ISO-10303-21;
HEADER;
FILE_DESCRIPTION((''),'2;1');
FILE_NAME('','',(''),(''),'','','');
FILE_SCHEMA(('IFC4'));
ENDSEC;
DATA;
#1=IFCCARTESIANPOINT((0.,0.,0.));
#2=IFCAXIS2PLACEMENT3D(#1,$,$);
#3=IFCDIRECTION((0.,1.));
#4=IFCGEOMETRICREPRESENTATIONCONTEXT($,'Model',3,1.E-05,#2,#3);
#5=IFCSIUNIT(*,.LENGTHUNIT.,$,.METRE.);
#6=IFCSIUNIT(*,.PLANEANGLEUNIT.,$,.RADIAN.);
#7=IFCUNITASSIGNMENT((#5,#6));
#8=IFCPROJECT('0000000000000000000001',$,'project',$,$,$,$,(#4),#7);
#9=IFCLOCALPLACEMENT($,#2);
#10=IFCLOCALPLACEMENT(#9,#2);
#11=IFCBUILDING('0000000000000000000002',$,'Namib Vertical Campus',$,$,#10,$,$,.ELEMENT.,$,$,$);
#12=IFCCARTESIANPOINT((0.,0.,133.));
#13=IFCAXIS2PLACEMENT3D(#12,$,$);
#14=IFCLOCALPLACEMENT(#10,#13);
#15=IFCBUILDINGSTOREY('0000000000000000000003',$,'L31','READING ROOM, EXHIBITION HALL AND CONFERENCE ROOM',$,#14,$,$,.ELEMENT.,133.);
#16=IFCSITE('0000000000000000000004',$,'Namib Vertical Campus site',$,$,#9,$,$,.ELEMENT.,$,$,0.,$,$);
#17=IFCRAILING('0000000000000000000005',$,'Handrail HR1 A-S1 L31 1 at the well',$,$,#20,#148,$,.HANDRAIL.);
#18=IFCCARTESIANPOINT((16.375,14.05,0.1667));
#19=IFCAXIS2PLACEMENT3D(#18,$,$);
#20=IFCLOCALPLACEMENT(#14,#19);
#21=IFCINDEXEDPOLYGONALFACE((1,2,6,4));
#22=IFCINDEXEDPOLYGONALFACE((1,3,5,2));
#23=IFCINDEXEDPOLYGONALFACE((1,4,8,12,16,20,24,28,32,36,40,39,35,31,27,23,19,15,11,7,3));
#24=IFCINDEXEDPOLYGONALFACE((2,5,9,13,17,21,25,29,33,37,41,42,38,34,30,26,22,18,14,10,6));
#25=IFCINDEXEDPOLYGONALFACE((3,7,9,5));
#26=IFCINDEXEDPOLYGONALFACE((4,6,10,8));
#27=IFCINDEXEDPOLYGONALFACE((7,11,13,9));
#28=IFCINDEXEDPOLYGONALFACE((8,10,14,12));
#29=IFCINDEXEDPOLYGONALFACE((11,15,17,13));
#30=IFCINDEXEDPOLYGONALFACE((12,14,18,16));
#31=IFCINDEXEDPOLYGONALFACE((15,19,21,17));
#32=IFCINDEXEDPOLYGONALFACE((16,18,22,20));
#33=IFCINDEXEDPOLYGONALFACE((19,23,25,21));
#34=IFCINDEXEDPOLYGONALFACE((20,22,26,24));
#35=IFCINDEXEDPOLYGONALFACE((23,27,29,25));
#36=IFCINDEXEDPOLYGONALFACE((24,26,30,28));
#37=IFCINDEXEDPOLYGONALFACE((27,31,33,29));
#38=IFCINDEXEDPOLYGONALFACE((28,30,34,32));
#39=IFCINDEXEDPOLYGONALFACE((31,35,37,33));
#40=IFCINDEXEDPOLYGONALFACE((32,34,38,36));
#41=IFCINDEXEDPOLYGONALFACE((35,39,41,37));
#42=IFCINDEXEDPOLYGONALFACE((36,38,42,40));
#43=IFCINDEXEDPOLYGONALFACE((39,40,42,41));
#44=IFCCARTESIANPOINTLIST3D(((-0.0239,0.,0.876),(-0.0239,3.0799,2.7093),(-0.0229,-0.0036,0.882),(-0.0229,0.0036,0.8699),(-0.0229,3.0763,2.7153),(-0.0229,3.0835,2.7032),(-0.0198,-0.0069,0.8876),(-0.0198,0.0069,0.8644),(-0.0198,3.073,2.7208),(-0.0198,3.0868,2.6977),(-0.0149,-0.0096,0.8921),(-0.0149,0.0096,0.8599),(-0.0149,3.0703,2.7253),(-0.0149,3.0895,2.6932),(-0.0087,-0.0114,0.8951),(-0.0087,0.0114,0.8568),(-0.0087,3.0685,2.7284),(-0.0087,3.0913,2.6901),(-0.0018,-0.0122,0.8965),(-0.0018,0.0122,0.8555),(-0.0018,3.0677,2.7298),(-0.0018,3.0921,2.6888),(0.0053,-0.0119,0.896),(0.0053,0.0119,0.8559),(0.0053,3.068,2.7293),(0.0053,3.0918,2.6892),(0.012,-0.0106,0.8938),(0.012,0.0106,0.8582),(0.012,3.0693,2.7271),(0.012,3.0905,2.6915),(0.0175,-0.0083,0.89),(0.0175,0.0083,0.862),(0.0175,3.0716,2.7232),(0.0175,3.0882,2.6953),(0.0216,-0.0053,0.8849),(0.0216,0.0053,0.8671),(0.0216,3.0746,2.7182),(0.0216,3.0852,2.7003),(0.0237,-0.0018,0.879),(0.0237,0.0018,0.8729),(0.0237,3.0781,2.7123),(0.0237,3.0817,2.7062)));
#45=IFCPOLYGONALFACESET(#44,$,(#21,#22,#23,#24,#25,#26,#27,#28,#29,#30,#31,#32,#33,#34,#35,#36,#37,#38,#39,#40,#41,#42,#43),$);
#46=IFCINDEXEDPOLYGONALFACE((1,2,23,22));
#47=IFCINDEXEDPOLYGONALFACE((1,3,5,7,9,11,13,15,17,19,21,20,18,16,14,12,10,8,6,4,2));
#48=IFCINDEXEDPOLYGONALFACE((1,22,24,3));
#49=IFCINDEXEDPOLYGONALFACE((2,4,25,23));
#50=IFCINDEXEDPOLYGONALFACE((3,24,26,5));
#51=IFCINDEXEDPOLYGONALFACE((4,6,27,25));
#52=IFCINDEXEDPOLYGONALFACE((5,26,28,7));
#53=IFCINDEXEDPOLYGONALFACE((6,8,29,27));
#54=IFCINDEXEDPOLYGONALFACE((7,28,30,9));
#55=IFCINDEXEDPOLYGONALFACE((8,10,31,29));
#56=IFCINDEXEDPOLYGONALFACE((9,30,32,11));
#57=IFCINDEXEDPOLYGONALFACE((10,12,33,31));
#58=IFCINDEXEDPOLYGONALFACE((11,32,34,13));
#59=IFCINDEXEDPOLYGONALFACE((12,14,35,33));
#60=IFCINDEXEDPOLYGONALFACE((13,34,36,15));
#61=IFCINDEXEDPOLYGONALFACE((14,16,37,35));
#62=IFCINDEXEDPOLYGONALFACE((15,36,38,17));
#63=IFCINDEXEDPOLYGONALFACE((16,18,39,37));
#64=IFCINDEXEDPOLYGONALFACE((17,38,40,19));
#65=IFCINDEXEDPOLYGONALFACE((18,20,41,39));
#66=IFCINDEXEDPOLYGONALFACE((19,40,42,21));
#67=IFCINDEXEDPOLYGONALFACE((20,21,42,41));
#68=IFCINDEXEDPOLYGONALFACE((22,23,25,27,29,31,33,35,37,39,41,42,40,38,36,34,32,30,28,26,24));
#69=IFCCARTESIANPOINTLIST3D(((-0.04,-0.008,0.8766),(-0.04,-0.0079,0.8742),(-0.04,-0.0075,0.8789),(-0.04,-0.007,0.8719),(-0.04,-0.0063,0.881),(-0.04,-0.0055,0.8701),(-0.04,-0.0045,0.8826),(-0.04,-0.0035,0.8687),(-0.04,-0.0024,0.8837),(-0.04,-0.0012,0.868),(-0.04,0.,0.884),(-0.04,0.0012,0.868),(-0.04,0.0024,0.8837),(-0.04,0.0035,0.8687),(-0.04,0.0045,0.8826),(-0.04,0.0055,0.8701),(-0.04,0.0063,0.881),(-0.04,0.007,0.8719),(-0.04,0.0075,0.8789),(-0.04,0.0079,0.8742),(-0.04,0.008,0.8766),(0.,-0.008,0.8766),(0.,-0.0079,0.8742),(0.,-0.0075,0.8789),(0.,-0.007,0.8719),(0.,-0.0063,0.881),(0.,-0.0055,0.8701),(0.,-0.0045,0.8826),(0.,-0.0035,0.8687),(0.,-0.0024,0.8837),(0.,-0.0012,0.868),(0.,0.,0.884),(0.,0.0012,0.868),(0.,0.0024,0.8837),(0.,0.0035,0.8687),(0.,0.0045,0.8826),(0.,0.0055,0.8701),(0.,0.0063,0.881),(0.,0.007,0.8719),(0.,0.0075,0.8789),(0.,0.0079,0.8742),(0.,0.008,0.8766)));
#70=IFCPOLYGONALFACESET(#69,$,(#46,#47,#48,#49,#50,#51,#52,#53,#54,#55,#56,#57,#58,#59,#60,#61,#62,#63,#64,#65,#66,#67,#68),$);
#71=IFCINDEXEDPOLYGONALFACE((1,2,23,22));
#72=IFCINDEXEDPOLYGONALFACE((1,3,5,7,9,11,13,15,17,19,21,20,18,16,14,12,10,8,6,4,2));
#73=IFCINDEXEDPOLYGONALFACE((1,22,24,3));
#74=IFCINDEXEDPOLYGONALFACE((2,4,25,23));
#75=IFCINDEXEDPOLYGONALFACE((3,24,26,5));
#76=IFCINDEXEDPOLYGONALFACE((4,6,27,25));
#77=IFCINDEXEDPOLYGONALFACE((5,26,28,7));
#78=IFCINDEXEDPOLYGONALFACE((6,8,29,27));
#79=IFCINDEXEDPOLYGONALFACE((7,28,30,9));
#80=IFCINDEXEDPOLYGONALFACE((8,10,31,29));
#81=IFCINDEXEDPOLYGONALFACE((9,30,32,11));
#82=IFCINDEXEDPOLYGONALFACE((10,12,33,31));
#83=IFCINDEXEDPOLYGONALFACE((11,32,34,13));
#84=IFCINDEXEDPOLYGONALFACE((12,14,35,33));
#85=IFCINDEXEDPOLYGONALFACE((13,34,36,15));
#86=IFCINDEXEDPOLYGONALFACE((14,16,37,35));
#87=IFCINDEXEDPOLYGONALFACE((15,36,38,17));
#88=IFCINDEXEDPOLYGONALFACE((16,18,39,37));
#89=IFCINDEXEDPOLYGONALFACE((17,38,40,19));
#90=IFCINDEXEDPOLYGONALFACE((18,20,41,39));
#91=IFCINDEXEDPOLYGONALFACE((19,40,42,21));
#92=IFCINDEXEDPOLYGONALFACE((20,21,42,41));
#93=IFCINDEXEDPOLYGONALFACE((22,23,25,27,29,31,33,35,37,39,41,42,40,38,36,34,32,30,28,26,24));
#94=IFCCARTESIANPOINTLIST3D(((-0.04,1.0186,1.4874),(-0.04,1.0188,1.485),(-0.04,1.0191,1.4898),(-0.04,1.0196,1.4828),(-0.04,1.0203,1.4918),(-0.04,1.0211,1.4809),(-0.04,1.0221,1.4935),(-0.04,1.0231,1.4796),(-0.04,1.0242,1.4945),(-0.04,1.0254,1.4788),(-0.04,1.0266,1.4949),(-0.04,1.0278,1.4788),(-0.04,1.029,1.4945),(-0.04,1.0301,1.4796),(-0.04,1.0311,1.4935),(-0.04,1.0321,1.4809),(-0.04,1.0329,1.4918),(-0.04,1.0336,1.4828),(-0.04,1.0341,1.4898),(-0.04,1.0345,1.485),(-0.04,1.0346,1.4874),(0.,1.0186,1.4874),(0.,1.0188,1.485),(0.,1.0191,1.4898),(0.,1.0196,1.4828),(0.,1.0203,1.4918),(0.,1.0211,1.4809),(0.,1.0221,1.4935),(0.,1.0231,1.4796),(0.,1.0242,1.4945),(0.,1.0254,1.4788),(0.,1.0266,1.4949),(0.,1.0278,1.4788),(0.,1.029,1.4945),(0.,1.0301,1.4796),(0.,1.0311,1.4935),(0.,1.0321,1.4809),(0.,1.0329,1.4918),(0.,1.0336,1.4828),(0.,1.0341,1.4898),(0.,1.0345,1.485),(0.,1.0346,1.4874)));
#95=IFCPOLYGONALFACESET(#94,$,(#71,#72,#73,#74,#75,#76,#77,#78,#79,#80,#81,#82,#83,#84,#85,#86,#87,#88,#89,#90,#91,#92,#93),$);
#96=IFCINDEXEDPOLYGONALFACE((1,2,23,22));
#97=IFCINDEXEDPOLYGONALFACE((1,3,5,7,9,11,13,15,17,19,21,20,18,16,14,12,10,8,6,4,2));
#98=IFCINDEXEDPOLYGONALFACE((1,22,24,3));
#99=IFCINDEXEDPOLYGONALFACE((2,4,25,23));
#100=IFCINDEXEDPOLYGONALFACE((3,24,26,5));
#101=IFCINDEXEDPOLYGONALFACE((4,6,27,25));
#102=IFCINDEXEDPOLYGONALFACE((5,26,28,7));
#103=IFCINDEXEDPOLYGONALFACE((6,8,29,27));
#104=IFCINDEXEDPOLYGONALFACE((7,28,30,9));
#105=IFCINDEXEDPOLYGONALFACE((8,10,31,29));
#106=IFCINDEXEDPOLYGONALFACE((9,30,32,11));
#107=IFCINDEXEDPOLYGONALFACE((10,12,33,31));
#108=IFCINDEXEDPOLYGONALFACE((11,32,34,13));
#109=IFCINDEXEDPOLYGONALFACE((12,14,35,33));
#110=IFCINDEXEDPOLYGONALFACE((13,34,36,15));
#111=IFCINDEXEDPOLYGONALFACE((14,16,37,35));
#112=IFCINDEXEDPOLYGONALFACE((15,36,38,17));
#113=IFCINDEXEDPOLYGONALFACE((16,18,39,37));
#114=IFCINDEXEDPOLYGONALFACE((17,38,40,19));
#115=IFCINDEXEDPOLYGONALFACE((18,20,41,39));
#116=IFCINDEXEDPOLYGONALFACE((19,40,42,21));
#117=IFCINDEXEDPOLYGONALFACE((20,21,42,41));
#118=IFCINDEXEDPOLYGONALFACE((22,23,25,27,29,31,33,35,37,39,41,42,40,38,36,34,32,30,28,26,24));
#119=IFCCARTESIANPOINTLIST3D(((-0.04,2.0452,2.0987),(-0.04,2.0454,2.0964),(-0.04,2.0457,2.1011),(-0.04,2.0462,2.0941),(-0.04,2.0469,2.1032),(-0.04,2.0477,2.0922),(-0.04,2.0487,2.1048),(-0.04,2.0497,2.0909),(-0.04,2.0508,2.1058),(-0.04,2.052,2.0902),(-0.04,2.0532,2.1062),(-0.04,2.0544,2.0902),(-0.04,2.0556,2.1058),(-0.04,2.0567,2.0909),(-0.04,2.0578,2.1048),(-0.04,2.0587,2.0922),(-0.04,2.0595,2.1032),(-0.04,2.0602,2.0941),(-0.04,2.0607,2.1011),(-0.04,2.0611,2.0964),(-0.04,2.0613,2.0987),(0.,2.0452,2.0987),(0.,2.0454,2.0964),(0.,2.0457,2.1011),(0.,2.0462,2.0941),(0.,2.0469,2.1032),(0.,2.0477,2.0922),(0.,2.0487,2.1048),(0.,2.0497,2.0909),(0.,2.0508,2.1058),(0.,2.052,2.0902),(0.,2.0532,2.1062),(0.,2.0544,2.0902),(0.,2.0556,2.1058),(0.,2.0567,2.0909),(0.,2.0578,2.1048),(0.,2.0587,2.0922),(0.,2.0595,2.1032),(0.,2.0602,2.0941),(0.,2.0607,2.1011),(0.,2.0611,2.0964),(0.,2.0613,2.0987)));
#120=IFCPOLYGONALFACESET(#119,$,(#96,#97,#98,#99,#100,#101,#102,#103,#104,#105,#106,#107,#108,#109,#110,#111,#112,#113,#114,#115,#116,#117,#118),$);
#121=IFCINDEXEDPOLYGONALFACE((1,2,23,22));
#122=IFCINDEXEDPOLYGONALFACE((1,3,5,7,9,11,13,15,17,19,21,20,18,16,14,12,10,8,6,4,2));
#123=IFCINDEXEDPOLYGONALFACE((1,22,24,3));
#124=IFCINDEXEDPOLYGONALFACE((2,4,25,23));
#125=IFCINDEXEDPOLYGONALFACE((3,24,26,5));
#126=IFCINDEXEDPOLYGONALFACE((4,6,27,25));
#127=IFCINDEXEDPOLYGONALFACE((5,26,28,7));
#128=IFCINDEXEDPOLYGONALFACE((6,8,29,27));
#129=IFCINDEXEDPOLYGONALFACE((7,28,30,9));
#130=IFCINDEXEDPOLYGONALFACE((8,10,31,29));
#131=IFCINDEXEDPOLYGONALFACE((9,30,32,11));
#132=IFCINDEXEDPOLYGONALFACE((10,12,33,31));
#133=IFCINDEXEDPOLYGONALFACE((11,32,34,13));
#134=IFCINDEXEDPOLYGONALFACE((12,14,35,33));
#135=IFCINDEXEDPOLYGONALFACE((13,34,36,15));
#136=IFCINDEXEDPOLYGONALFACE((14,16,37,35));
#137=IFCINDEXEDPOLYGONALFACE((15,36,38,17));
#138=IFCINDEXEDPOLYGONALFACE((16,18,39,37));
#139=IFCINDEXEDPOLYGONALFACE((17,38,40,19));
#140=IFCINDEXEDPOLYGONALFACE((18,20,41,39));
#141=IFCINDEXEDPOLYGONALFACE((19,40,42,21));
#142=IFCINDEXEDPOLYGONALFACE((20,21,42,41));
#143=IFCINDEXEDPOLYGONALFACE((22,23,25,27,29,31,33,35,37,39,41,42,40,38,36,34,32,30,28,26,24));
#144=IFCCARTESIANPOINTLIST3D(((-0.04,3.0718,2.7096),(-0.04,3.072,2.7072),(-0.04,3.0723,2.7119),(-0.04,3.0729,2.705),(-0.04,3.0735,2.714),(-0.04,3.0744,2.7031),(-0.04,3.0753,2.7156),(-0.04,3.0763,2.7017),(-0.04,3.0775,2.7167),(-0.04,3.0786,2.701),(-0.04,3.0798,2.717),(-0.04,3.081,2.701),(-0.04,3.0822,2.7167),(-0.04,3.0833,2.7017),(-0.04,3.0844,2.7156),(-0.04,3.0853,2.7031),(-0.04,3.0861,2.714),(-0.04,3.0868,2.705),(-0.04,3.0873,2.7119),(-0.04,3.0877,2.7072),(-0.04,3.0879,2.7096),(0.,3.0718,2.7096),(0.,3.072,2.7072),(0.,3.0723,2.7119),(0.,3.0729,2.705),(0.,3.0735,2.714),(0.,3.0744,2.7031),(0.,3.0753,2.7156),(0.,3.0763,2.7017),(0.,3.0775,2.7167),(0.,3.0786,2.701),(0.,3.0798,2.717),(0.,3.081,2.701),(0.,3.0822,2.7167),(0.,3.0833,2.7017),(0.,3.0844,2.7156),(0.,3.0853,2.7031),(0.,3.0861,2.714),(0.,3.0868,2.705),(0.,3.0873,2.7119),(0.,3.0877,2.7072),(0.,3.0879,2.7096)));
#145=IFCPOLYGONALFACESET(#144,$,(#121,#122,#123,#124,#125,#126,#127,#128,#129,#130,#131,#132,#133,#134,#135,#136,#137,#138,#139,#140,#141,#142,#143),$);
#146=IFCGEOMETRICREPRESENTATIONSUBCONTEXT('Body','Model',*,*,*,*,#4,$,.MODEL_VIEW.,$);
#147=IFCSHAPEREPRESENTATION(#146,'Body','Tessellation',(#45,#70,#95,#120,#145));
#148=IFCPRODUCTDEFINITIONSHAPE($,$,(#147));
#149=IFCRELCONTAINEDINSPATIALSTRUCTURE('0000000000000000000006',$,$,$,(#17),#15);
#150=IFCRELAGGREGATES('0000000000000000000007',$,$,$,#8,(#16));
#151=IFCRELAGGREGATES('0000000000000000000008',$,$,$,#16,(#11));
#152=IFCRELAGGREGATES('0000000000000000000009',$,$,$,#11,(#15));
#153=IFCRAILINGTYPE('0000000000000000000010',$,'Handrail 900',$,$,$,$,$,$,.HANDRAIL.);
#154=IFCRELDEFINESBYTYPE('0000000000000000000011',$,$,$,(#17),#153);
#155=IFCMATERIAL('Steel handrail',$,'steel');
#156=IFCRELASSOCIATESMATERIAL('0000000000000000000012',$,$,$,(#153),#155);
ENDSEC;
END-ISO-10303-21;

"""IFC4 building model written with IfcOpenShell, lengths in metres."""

from ifc_helpers import new_model, si_unit, direction, frame, origin, origin_2d, place, context, subcontext, project, spatial, circle, extrude, material, type_object, element, save


model = new_model("IFC4")

# Units and contexts
model_context = context("Model", 3, precision=1e-05, world=origin(), true_north=direction((0.0, 1.0)))
body_context = subcontext(model_context, "Body", "Model", "MODEL_VIEW")
ifc_project = project(units=[si_unit("LENGTHUNIT", "METRE"), si_unit("PLANEANGLEUNIT", "RADIAN")], contexts=[model_context])

# Site, building, storey
site_placement = place(None, origin())
site = spatial("IfcSite", under=ifc_project, at=site_placement, Name="Namib Vertical Campus site", CompositionType="ELEMENT", RefElevation=0.0)
building_placement = place(site_placement, origin())
building = spatial("IfcBuilding", under=site, at=building_placement, Name="Namib Vertical Campus", CompositionType="ELEMENT")
storey_placement = place(building_placement, frame((0.0, 0.0, 133.0)))
storey = spatial("IfcBuildingStorey", under=building, at=storey_placement, Name="L31", Description="READING ROOM, EXHIBITION HALL AND CONFERENCE ROOM", CompositionType="ELEMENT", Elevation=133.0)

# Railing
ifc_material_1 = material(Name="Steel handrail", Category="steel")
railing_type_1 = type_object("IfcRailingType", Name="Handrail 900", PredefinedType="HANDRAIL", material=ifc_material_1)
railing_1_placement = place(storey_placement, frame((16.375, 14.05, 0.1667)))
element("IfcRailing", 1, at=railing_1_placement, inside=storey, type_object=railing_type_1, Name="Handrail HR1 A-S1 L31 1 at the well", PredefinedType="HANDRAIL", context=body_context, shape_type="SweptSolid", body=[
    extrude(circle(Radius=0.0239, at=origin_2d()), frame((0.0, 0.0, 0.876), z_axis=(0.0, 0.859291, 0.511487), x_axis=(-1.0, 0.0, 0.0)), (0.0, 0.0, 1.0), 3.5842),
    extrude(circle(Radius=0.0081, at=origin_2d()), frame((0.0, 0.0, 0.876), z_axis=(-1.0, 0.0, 0.0), x_axis=(0.0, 0.0, 1.0)), (0.0, 0.0, 1.0), 0.04),
    extrude(circle(Radius=0.0081, at=origin_2d()), frame((0.0, 1.0266, 1.4868), z_axis=(-1.0, 0.0, 0.0), x_axis=(0.0, 0.0, 1.0)), (0.0, 0.0, 1.0), 0.04),
    extrude(circle(Radius=0.0081, at=origin_2d()), frame((0.0, 2.0532, 2.0981), z_axis=(-1.0, 0.0, 0.0), x_axis=(0.0, 0.0, 1.0)), (0.0, 0.0, 1.0), 0.04),
    extrude(circle(Radius=0.0081, at=origin_2d()), frame((0.0, 3.0798, 2.709), z_axis=(-1.0, 0.0, 0.0), x_axis=(0.0, 0.0, 1.0)), (0.0, 0.0, 1.0), 0.04),
])

save(model, "model.ifc")
